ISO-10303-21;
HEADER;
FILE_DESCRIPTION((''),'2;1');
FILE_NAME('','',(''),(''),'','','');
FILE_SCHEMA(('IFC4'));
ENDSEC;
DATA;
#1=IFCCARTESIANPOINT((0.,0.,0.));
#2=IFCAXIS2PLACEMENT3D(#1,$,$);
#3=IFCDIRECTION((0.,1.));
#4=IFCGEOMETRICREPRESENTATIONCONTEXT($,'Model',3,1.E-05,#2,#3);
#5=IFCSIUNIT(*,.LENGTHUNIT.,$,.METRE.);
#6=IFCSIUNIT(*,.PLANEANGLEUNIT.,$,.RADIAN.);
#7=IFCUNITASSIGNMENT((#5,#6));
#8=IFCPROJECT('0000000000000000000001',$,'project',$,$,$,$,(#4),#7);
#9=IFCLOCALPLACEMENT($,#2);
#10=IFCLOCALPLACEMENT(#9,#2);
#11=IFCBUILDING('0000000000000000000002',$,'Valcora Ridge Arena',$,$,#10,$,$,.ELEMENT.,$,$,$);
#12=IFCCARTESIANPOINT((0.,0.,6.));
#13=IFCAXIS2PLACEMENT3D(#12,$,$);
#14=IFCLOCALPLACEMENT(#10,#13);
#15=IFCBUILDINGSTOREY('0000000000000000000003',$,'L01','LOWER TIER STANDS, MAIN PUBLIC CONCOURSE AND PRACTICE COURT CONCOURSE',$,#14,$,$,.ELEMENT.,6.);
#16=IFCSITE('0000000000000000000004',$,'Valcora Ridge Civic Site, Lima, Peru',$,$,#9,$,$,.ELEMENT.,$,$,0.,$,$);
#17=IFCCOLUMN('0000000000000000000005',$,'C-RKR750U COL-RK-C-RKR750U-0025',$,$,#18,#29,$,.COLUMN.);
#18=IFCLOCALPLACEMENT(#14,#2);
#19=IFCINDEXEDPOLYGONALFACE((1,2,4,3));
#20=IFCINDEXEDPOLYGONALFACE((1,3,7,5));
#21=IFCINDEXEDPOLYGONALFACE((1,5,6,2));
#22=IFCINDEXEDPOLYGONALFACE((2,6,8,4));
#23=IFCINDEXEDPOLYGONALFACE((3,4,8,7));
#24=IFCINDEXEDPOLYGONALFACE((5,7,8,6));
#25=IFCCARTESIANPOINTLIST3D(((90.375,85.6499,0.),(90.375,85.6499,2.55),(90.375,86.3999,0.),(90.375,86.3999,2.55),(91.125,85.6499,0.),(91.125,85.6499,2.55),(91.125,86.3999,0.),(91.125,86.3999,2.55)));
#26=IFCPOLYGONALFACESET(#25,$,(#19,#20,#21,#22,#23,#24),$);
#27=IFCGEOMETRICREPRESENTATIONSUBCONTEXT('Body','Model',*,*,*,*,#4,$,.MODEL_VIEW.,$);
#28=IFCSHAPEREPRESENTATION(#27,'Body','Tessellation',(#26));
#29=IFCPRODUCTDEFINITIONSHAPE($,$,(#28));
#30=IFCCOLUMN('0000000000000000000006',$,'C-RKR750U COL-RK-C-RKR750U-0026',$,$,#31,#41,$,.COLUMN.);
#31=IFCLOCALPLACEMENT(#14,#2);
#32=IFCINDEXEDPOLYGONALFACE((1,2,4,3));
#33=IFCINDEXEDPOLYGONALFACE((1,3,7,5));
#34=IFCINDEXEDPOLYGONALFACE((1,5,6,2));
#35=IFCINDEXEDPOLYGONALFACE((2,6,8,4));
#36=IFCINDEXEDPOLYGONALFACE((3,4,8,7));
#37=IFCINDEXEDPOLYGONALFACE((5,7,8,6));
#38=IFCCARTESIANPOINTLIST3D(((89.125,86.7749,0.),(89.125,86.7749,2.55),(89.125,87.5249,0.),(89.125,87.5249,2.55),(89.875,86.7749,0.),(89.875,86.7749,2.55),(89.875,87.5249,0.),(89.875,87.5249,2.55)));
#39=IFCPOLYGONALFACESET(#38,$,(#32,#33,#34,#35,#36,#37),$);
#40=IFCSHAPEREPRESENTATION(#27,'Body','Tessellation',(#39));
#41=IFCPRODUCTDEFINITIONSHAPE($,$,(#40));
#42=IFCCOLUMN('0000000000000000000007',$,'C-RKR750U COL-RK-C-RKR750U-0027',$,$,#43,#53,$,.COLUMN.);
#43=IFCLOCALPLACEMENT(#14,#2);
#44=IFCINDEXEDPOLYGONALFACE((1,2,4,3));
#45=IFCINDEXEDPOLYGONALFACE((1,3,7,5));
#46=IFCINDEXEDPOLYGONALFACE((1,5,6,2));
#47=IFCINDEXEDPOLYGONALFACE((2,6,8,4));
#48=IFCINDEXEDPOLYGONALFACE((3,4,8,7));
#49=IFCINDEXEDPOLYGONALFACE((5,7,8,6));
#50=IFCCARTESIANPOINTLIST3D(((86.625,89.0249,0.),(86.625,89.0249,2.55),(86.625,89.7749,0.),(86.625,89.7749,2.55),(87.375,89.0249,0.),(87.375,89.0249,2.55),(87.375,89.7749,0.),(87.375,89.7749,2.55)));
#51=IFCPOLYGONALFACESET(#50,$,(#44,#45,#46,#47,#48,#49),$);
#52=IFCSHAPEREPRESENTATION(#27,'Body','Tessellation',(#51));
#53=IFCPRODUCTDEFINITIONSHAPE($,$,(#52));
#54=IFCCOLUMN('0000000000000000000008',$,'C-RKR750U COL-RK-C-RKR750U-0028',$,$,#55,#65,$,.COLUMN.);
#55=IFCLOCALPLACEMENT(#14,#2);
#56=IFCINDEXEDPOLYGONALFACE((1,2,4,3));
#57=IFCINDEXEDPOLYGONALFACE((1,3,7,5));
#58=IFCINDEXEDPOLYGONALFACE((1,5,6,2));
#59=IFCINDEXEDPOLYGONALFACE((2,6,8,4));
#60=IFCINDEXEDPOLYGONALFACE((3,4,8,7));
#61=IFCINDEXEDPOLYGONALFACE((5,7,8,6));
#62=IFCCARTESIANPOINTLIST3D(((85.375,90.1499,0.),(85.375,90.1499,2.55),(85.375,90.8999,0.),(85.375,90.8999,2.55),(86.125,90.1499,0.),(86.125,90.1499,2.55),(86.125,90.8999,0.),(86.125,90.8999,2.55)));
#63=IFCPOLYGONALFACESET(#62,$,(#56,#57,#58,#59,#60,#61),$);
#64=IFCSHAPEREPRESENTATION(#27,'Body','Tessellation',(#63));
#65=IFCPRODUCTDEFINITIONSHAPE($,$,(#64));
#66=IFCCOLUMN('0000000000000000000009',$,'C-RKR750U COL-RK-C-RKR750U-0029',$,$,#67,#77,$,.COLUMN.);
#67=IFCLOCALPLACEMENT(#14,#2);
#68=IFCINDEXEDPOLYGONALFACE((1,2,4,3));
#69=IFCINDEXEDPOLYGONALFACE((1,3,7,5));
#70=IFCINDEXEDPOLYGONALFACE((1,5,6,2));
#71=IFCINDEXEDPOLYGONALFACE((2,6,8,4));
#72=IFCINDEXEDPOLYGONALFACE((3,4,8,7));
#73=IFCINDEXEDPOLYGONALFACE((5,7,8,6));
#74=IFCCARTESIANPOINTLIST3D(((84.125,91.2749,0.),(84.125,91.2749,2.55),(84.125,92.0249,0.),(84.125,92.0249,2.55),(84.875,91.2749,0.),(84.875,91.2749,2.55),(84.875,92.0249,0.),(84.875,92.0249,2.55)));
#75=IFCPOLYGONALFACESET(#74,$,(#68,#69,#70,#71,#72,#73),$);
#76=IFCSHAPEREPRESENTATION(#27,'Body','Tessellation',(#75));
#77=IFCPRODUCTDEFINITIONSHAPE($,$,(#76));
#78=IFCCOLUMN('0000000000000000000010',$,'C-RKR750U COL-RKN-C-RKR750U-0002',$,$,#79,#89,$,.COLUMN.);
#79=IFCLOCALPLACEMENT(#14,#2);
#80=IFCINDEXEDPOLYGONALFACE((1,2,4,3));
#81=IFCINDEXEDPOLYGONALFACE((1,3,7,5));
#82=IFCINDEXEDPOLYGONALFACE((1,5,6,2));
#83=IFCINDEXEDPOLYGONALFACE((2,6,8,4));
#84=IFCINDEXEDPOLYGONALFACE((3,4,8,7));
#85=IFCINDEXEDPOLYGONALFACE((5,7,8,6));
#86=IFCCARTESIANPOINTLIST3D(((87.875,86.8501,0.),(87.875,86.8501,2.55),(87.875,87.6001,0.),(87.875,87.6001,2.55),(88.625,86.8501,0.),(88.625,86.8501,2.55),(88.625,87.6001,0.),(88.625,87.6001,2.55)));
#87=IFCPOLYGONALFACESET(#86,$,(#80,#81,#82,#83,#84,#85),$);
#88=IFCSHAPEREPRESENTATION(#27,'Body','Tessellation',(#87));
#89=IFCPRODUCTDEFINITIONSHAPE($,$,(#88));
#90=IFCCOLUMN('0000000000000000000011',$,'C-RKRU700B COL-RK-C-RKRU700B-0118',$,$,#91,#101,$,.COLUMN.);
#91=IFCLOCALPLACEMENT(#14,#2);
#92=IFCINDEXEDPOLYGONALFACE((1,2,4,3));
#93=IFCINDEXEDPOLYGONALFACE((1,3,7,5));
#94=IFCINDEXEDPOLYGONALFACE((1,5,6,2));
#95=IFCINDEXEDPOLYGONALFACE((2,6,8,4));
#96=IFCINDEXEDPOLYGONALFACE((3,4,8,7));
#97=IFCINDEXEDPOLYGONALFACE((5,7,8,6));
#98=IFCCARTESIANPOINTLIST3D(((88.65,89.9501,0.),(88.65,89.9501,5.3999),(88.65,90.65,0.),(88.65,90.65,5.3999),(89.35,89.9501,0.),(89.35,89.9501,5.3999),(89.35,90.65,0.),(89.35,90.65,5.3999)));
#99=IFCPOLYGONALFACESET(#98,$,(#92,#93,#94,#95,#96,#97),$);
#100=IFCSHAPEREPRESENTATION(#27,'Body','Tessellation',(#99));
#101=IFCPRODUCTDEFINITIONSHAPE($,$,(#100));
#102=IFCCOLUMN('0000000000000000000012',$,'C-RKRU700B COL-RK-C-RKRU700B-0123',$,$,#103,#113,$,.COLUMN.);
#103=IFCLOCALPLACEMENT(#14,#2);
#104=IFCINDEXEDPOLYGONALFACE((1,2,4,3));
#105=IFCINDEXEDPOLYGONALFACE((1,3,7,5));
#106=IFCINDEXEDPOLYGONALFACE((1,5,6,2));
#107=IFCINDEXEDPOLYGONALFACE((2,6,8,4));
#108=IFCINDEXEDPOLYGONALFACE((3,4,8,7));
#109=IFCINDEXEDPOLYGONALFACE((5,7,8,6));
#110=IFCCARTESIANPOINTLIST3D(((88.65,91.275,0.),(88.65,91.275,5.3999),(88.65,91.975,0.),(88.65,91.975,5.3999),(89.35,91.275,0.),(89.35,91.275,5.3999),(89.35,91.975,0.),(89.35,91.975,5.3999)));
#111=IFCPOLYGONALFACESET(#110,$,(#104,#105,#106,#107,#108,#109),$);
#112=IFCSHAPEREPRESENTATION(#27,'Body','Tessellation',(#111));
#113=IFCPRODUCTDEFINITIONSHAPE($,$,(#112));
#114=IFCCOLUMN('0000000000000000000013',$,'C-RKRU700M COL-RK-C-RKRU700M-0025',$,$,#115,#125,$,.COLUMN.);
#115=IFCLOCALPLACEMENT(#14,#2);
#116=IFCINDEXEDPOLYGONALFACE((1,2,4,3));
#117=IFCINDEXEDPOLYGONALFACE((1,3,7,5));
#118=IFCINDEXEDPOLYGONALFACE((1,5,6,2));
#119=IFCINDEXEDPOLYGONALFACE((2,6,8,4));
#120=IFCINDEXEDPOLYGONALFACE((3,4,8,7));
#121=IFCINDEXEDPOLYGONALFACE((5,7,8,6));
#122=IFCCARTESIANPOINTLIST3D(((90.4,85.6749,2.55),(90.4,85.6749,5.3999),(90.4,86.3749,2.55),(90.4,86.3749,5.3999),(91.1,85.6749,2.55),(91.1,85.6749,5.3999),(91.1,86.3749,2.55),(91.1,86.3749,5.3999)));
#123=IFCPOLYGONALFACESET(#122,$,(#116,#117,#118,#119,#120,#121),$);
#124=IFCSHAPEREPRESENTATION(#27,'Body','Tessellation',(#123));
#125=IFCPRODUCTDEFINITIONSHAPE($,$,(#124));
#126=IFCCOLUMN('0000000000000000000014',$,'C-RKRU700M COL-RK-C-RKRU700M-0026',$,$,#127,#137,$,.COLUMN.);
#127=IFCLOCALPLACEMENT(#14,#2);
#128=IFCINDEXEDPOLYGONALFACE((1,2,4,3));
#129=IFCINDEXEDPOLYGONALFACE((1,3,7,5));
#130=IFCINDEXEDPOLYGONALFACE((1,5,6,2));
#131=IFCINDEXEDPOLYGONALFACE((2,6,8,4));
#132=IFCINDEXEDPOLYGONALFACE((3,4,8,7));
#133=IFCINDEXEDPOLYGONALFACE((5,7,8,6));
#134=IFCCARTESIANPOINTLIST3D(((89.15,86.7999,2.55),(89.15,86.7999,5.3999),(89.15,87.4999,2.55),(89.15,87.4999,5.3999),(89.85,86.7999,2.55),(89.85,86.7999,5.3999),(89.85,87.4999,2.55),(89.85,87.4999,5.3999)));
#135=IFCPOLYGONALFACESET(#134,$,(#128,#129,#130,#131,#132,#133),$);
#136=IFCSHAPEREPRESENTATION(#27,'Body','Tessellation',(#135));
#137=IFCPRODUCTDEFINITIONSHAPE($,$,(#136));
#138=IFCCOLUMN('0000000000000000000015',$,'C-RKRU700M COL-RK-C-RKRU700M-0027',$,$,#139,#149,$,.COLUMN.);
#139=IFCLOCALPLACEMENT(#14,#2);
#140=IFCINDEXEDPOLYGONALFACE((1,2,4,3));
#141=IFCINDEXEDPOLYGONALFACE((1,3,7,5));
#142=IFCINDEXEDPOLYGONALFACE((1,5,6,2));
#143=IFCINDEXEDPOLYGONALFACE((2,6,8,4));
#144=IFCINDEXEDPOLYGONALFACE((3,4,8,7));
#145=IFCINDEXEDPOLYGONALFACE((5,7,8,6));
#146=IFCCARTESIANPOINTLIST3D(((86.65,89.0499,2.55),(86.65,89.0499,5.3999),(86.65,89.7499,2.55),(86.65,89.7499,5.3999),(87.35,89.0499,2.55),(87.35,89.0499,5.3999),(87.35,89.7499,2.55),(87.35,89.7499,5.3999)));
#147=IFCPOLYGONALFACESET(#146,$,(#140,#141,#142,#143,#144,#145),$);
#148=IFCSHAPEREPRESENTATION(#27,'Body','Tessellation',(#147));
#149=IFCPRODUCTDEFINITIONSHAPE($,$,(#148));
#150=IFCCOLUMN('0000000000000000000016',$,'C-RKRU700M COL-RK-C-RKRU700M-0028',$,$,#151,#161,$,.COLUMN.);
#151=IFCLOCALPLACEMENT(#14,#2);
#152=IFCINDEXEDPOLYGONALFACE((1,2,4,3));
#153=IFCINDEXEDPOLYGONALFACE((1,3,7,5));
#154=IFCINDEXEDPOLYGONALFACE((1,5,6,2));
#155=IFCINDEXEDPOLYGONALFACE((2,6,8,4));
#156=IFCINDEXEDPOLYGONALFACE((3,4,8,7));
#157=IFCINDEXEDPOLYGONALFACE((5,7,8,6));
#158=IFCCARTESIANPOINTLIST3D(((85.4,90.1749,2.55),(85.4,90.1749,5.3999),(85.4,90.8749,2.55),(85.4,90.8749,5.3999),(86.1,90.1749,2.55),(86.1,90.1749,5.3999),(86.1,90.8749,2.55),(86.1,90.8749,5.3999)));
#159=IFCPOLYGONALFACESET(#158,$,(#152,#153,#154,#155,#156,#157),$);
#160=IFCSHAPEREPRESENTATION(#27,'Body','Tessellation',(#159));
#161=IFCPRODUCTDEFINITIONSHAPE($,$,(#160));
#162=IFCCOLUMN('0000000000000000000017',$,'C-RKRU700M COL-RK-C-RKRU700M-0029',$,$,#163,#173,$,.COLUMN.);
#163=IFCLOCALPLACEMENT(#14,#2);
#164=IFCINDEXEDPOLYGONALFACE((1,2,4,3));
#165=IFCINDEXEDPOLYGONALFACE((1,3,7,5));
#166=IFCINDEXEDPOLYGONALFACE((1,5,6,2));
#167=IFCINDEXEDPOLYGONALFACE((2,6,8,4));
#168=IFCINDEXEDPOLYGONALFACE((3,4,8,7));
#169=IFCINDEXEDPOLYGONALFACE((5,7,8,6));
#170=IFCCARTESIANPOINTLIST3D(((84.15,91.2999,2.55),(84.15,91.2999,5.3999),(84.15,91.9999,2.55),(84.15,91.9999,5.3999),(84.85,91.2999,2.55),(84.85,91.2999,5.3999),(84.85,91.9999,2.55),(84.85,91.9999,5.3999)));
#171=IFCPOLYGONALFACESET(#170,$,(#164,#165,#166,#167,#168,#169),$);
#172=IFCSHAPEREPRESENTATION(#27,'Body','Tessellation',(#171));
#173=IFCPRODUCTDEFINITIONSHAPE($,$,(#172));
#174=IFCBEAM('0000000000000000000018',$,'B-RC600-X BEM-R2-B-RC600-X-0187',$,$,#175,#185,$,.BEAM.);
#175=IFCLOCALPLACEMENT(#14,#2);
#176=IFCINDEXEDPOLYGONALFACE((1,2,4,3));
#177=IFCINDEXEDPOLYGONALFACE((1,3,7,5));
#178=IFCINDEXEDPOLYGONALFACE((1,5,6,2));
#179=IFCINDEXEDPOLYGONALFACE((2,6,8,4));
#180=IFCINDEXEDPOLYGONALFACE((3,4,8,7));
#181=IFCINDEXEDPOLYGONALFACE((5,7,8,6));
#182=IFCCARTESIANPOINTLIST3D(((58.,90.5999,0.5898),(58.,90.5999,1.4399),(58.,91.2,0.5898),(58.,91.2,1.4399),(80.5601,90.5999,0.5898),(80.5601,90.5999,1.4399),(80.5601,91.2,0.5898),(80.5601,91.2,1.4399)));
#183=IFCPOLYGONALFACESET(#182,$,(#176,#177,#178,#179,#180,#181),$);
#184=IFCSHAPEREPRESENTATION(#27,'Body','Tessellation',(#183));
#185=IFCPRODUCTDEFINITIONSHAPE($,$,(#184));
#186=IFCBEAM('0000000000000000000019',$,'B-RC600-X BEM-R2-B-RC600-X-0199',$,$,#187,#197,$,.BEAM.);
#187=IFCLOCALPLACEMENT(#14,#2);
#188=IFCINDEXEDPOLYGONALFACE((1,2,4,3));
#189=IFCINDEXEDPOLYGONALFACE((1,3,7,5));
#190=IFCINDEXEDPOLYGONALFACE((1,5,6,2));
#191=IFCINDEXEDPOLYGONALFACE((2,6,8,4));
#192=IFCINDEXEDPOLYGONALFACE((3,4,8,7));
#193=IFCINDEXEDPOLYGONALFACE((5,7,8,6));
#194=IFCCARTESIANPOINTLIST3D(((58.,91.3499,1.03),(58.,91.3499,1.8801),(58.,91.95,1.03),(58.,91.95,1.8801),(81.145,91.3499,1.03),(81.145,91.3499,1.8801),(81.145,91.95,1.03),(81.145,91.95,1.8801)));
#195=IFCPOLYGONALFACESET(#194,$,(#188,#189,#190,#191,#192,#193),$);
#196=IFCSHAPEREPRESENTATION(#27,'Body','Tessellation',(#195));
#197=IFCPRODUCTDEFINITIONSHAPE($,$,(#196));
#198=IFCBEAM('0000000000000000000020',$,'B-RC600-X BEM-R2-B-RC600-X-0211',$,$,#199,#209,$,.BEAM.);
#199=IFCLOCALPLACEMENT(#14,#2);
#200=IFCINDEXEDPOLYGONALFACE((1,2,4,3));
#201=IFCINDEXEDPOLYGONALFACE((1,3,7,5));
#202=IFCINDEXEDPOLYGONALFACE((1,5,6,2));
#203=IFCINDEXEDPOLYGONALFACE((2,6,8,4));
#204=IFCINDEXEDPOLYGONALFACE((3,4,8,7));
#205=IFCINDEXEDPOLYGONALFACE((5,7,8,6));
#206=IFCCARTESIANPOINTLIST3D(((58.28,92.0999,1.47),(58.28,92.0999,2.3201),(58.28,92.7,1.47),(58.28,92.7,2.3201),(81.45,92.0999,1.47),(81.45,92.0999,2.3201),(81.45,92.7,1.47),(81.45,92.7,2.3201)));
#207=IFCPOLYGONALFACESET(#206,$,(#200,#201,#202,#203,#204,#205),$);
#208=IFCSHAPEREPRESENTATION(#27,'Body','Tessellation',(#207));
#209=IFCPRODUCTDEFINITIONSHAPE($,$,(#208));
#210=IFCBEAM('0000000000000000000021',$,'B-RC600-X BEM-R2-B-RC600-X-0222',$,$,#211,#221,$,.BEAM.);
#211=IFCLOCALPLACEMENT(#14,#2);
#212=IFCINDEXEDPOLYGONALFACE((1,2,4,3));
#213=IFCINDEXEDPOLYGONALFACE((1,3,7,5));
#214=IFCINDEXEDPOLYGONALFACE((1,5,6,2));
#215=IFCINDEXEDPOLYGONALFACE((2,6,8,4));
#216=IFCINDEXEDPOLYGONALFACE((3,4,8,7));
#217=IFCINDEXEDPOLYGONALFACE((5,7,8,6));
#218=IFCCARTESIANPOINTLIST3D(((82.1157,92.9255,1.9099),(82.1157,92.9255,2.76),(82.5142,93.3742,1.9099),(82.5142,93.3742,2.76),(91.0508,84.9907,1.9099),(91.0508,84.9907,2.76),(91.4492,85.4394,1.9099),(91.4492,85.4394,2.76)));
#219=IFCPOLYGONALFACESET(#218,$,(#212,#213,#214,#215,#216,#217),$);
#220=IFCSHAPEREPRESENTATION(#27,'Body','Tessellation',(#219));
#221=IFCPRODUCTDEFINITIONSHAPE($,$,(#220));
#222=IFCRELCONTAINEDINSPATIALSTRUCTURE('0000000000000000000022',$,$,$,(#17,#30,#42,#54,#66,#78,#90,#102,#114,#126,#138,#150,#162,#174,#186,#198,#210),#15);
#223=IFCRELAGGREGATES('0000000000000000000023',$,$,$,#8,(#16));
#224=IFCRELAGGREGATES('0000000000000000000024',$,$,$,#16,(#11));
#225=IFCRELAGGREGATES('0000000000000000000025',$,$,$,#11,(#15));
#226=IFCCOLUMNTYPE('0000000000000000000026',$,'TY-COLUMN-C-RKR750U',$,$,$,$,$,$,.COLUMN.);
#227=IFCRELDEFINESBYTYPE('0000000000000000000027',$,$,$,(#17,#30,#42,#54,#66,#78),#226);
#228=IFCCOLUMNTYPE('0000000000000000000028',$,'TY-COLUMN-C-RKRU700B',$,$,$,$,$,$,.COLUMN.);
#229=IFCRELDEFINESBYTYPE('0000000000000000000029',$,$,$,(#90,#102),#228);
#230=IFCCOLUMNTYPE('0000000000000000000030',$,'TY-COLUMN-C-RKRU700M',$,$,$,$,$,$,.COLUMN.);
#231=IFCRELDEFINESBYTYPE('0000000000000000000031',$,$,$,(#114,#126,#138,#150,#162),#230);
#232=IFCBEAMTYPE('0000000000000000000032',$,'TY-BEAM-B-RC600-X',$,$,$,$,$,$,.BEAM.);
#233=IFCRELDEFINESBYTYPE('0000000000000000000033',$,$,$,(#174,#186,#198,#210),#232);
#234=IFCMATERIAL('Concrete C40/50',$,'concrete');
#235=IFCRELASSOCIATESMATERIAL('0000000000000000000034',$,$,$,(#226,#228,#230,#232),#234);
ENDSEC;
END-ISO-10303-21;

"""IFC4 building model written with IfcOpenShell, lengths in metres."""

from ifc_helpers import new_model, si_unit, direction, frame, origin, origin_2d, place, context, subcontext, project, spatial, rectangle, extrude, material, material_profile, profile_set, type_object, element, save


model = new_model("IFC4")

# Units and contexts
model_context = context("Model", 3, precision=1e-05, world=origin(), true_north=direction((0.0, 1.0)))
body_context = subcontext(model_context, "Body", "Model", "MODEL_VIEW")
ifc_project = project(units=[si_unit("LENGTHUNIT", "METRE"), si_unit("PLANEANGLEUNIT", "RADIAN")], contexts=[model_context])

# Site, building, storey
site_placement = place(None, origin())
site = spatial("IfcSite", under=ifc_project, at=site_placement, Name="Valcora Ridge Civic Site, Lima, Peru", CompositionType="ELEMENT", RefElevation=0.0)
building_placement = place(site_placement, origin())
building = spatial("IfcBuilding", under=site, at=building_placement, Name="Valcora Ridge Arena", CompositionType="ELEMENT")
storey_placement = place(building_placement, frame((0.0, 0.0, 6.0)))
storey = spatial("IfcBuildingStorey", under=building, at=storey_placement, Name="L01", Description="LOWER TIER STANDS, MAIN PUBLIC CONCOURSE AND PRACTICE COURT CONCOURSE", CompositionType="ELEMENT", Elevation=6.0)

# Columns
ifc_material_1 = material(Name="Concrete C40/50", Category="concrete")
ifc_material_profile_1 = material_profile(ifc_material_1, rectangle(XDim=0.75, YDim=0.75, at=origin_2d()), Name="RC 750x750")
ifc_profile_set_1 = profile_set([ifc_material_profile_1], Name="Concrete C40/50")
column_type_1 = type_object("IfcColumnType", Name="TY-COLUMN-C-RKR750U", PredefinedType="COLUMN", material=ifc_profile_set_1)
for number, where, z_axis, x_axis, name in (
    (1, (90.75, 86.0249, 0.0), (0.0, 0.0, 1.0), (1.0, 0.0, 0.0), "C-RKR750U COL-RK-C-RKR750U-0025"),
    (2, (89.5, 87.1499, 0.0), (0.0, 0.0, 1.0), (1.0, 0.0, 0.0), "C-RKR750U COL-RK-C-RKR750U-0026"),
    (3, (87.0, 89.3999, 0.0), (0.0, 0.0, 1.0), (1.0, 0.0, 0.0), "C-RKR750U COL-RK-C-RKR750U-0027"),
    (4, (85.75, 90.5249, 0.0), (0.0, 0.0, 1.0), (1.0, 0.0, 0.0), "C-RKR750U COL-RK-C-RKR750U-0028"),
    (5, (84.5, 91.6499, 0.0), (0.0, 0.0, 1.0), (1.0, 0.0, 0.0), "C-RKR750U COL-RK-C-RKR750U-0029"),
    (6, (88.25, 87.2251, 0.0), (0.0, 0.0, 1.0), (1.0, 0.0, 0.0), "C-RKR750U COL-RKN-C-RKR750U-0002"),
):
    element("IfcColumn", number, at=place(storey_placement, frame(where, z_axis=z_axis, x_axis=x_axis)), inside=storey, type_object=column_type_1, Name=name, PredefinedType="COLUMN", context=body_context, shape_type="SweptSolid", body=[
        extrude(rectangle(XDim=0.75, YDim=0.75, at=origin_2d()), origin(), (0.0, 0.0, 1.0), 2.55),
    ])
ifc_material_profile_2 = material_profile(ifc_material_1, rectangle(XDim=0.7, YDim=0.7, at=origin_2d()), Name="RC 700x700")
ifc_profile_set_2 = profile_set([ifc_material_profile_2], Name="Concrete C40/50")
column_type_2 = type_object("IfcColumnType", Name="TY-COLUMN-C-RKRU700B", PredefinedType="COLUMN", material=ifc_profile_set_2)
for number, where, z_axis, x_axis, name in (
    (7, (89.0, 90.3, 0.0), (0.0, 0.0, 1.0), (1.0, 0.0, 0.0), "C-RKRU700B COL-RK-C-RKRU700B-0118"),
    (8, (89.0, 91.625, 0.0), (0.0, 0.0, 1.0), (1.0, 0.0, 0.0), "C-RKRU700B COL-RK-C-RKRU700B-0123"),
):
    element("IfcColumn", number, at=place(storey_placement, frame(where, z_axis=z_axis, x_axis=x_axis)), inside=storey, type_object=column_type_2, Name=name, PredefinedType="COLUMN", context=body_context, shape_type="SweptSolid", body=[
        extrude(rectangle(XDim=0.7, YDim=0.7, at=origin_2d()), origin(), (0.0, 0.0, 1.0), 5.3999),
    ])
ifc_material_profile_3 = material_profile(ifc_material_1, rectangle(XDim=0.7, YDim=0.7, at=origin_2d()), Name="RC 700x700")
ifc_profile_set_3 = profile_set([ifc_material_profile_3], Name="Concrete C40/50")
column_type_3 = type_object("IfcColumnType", Name="TY-COLUMN-C-RKRU700M", PredefinedType="COLUMN", material=ifc_profile_set_3)
for number, where, z_axis, x_axis, name in (
    (9, (90.75, 86.0249, 2.55), (0.0, 0.0, 1.0), (1.0, 0.0, 0.0), "C-RKRU700M COL-RK-C-RKRU700M-0025"),
    (10, (89.5, 87.1499, 2.55), (0.0, 0.0, 1.0), (1.0, 0.0, 0.0), "C-RKRU700M COL-RK-C-RKRU700M-0026"),
    (11, (87.0, 89.3999, 2.55), (0.0, 0.0, 1.0), (1.0, 0.0, 0.0), "C-RKRU700M COL-RK-C-RKRU700M-0027"),
    (12, (85.75, 90.5249, 2.55), (0.0, 0.0, 1.0), (1.0, 0.0, 0.0), "C-RKRU700M COL-RK-C-RKRU700M-0028"),
    (13, (84.5, 91.6499, 2.55), (0.0, 0.0, 1.0), (1.0, 0.0, 0.0), "C-RKRU700M COL-RK-C-RKRU700M-0029"),
):
    element("IfcColumn", number, at=place(storey_placement, frame(where, z_axis=z_axis, x_axis=x_axis)), inside=storey, type_object=column_type_3, Name=name, PredefinedType="COLUMN", context=body_context, shape_type="SweptSolid", body=[
        extrude(rectangle(XDim=0.7, YDim=0.7, at=origin_2d()), origin(), (0.0, 0.0, 1.0), 2.8499),
    ])

# Beams
ifc_material_profile_4 = material_profile(ifc_material_1, rectangle(XDim=0.6001, YDim=0.8501, at=origin_2d()), Name="RC 600x850")
ifc_profile_set_4 = profile_set([ifc_material_profile_4], Name="Concrete C40/50")
beam_type_1 = type_object("IfcBeamType", Name="TY-BEAM-B-RC600-X", PredefinedType="BEAM", material=ifc_profile_set_4)
beam_1_placement = place(storey_placement, frame((80.5601, 90.8999, 1.0149), z_axis=(-1.0, 0.0, 0.0), x_axis=(0.0, -1.0, 0.0)))
element("IfcBeam", 14, at=beam_1_placement, inside=storey, type_object=beam_type_1, Name="B-RC600-X BEM-R2-B-RC600-X-0187", PredefinedType="BEAM", context=body_context, shape_type="SweptSolid", body=[
    extrude(rectangle(XDim=0.6001, YDim=0.8501, at=origin_2d()), origin(), (0.0, 0.0, 1.0), 22.5601),
])
beam_2_placement = place(storey_placement, frame((81.145, 91.6499, 1.4551), z_axis=(-1.0, 0.0, 0.0), x_axis=(0.0, -1.0, 0.0)))
element("IfcBeam", 15, at=beam_2_placement, inside=storey, type_object=beam_type_1, Name="B-RC600-X BEM-R2-B-RC600-X-0199", PredefinedType="BEAM", context=body_context, shape_type="SweptSolid", body=[
    extrude(rectangle(XDim=0.6001, YDim=0.8501, at=origin_2d()), origin(), (0.0, 0.0, 1.0), 23.145),
])
beam_3_placement = place(storey_placement, frame((81.45, 92.3999, 1.895), z_axis=(-1.0, 0.0, 0.0), x_axis=(0.0, -1.0, 0.0)))
element("IfcBeam", 16, at=beam_3_placement, inside=storey, type_object=beam_type_1, Name="B-RC600-X BEM-R2-B-RC600-X-0211", PredefinedType="BEAM", context=body_context, shape_type="SweptSolid", body=[
    extrude(rectangle(XDim=0.6001, YDim=0.8501, at=origin_2d()), origin(), (0.0, 0.0, 1.0), 23.1699),
])
beam_4_placement = place(storey_placement, frame((91.25, 85.2151, 2.335), z_axis=(-0.747719, 0.664015, 0.0), x_axis=(-0.664015, -0.747719, 0.0)))
element("IfcBeam", 17, at=beam_4_placement, inside=storey, type_object=beam_type_1, Name="B-RC600-X BEM-R2-B-RC600-X-0222", PredefinedType="BEAM", context=body_context, shape_type="SweptSolid", body=[
    extrude(rectangle(XDim=0.6001, YDim=0.8501, at=origin_2d()), origin(), (0.0, 0.0, 1.0), 11.9497),
])

save(model, "model.ifc")
